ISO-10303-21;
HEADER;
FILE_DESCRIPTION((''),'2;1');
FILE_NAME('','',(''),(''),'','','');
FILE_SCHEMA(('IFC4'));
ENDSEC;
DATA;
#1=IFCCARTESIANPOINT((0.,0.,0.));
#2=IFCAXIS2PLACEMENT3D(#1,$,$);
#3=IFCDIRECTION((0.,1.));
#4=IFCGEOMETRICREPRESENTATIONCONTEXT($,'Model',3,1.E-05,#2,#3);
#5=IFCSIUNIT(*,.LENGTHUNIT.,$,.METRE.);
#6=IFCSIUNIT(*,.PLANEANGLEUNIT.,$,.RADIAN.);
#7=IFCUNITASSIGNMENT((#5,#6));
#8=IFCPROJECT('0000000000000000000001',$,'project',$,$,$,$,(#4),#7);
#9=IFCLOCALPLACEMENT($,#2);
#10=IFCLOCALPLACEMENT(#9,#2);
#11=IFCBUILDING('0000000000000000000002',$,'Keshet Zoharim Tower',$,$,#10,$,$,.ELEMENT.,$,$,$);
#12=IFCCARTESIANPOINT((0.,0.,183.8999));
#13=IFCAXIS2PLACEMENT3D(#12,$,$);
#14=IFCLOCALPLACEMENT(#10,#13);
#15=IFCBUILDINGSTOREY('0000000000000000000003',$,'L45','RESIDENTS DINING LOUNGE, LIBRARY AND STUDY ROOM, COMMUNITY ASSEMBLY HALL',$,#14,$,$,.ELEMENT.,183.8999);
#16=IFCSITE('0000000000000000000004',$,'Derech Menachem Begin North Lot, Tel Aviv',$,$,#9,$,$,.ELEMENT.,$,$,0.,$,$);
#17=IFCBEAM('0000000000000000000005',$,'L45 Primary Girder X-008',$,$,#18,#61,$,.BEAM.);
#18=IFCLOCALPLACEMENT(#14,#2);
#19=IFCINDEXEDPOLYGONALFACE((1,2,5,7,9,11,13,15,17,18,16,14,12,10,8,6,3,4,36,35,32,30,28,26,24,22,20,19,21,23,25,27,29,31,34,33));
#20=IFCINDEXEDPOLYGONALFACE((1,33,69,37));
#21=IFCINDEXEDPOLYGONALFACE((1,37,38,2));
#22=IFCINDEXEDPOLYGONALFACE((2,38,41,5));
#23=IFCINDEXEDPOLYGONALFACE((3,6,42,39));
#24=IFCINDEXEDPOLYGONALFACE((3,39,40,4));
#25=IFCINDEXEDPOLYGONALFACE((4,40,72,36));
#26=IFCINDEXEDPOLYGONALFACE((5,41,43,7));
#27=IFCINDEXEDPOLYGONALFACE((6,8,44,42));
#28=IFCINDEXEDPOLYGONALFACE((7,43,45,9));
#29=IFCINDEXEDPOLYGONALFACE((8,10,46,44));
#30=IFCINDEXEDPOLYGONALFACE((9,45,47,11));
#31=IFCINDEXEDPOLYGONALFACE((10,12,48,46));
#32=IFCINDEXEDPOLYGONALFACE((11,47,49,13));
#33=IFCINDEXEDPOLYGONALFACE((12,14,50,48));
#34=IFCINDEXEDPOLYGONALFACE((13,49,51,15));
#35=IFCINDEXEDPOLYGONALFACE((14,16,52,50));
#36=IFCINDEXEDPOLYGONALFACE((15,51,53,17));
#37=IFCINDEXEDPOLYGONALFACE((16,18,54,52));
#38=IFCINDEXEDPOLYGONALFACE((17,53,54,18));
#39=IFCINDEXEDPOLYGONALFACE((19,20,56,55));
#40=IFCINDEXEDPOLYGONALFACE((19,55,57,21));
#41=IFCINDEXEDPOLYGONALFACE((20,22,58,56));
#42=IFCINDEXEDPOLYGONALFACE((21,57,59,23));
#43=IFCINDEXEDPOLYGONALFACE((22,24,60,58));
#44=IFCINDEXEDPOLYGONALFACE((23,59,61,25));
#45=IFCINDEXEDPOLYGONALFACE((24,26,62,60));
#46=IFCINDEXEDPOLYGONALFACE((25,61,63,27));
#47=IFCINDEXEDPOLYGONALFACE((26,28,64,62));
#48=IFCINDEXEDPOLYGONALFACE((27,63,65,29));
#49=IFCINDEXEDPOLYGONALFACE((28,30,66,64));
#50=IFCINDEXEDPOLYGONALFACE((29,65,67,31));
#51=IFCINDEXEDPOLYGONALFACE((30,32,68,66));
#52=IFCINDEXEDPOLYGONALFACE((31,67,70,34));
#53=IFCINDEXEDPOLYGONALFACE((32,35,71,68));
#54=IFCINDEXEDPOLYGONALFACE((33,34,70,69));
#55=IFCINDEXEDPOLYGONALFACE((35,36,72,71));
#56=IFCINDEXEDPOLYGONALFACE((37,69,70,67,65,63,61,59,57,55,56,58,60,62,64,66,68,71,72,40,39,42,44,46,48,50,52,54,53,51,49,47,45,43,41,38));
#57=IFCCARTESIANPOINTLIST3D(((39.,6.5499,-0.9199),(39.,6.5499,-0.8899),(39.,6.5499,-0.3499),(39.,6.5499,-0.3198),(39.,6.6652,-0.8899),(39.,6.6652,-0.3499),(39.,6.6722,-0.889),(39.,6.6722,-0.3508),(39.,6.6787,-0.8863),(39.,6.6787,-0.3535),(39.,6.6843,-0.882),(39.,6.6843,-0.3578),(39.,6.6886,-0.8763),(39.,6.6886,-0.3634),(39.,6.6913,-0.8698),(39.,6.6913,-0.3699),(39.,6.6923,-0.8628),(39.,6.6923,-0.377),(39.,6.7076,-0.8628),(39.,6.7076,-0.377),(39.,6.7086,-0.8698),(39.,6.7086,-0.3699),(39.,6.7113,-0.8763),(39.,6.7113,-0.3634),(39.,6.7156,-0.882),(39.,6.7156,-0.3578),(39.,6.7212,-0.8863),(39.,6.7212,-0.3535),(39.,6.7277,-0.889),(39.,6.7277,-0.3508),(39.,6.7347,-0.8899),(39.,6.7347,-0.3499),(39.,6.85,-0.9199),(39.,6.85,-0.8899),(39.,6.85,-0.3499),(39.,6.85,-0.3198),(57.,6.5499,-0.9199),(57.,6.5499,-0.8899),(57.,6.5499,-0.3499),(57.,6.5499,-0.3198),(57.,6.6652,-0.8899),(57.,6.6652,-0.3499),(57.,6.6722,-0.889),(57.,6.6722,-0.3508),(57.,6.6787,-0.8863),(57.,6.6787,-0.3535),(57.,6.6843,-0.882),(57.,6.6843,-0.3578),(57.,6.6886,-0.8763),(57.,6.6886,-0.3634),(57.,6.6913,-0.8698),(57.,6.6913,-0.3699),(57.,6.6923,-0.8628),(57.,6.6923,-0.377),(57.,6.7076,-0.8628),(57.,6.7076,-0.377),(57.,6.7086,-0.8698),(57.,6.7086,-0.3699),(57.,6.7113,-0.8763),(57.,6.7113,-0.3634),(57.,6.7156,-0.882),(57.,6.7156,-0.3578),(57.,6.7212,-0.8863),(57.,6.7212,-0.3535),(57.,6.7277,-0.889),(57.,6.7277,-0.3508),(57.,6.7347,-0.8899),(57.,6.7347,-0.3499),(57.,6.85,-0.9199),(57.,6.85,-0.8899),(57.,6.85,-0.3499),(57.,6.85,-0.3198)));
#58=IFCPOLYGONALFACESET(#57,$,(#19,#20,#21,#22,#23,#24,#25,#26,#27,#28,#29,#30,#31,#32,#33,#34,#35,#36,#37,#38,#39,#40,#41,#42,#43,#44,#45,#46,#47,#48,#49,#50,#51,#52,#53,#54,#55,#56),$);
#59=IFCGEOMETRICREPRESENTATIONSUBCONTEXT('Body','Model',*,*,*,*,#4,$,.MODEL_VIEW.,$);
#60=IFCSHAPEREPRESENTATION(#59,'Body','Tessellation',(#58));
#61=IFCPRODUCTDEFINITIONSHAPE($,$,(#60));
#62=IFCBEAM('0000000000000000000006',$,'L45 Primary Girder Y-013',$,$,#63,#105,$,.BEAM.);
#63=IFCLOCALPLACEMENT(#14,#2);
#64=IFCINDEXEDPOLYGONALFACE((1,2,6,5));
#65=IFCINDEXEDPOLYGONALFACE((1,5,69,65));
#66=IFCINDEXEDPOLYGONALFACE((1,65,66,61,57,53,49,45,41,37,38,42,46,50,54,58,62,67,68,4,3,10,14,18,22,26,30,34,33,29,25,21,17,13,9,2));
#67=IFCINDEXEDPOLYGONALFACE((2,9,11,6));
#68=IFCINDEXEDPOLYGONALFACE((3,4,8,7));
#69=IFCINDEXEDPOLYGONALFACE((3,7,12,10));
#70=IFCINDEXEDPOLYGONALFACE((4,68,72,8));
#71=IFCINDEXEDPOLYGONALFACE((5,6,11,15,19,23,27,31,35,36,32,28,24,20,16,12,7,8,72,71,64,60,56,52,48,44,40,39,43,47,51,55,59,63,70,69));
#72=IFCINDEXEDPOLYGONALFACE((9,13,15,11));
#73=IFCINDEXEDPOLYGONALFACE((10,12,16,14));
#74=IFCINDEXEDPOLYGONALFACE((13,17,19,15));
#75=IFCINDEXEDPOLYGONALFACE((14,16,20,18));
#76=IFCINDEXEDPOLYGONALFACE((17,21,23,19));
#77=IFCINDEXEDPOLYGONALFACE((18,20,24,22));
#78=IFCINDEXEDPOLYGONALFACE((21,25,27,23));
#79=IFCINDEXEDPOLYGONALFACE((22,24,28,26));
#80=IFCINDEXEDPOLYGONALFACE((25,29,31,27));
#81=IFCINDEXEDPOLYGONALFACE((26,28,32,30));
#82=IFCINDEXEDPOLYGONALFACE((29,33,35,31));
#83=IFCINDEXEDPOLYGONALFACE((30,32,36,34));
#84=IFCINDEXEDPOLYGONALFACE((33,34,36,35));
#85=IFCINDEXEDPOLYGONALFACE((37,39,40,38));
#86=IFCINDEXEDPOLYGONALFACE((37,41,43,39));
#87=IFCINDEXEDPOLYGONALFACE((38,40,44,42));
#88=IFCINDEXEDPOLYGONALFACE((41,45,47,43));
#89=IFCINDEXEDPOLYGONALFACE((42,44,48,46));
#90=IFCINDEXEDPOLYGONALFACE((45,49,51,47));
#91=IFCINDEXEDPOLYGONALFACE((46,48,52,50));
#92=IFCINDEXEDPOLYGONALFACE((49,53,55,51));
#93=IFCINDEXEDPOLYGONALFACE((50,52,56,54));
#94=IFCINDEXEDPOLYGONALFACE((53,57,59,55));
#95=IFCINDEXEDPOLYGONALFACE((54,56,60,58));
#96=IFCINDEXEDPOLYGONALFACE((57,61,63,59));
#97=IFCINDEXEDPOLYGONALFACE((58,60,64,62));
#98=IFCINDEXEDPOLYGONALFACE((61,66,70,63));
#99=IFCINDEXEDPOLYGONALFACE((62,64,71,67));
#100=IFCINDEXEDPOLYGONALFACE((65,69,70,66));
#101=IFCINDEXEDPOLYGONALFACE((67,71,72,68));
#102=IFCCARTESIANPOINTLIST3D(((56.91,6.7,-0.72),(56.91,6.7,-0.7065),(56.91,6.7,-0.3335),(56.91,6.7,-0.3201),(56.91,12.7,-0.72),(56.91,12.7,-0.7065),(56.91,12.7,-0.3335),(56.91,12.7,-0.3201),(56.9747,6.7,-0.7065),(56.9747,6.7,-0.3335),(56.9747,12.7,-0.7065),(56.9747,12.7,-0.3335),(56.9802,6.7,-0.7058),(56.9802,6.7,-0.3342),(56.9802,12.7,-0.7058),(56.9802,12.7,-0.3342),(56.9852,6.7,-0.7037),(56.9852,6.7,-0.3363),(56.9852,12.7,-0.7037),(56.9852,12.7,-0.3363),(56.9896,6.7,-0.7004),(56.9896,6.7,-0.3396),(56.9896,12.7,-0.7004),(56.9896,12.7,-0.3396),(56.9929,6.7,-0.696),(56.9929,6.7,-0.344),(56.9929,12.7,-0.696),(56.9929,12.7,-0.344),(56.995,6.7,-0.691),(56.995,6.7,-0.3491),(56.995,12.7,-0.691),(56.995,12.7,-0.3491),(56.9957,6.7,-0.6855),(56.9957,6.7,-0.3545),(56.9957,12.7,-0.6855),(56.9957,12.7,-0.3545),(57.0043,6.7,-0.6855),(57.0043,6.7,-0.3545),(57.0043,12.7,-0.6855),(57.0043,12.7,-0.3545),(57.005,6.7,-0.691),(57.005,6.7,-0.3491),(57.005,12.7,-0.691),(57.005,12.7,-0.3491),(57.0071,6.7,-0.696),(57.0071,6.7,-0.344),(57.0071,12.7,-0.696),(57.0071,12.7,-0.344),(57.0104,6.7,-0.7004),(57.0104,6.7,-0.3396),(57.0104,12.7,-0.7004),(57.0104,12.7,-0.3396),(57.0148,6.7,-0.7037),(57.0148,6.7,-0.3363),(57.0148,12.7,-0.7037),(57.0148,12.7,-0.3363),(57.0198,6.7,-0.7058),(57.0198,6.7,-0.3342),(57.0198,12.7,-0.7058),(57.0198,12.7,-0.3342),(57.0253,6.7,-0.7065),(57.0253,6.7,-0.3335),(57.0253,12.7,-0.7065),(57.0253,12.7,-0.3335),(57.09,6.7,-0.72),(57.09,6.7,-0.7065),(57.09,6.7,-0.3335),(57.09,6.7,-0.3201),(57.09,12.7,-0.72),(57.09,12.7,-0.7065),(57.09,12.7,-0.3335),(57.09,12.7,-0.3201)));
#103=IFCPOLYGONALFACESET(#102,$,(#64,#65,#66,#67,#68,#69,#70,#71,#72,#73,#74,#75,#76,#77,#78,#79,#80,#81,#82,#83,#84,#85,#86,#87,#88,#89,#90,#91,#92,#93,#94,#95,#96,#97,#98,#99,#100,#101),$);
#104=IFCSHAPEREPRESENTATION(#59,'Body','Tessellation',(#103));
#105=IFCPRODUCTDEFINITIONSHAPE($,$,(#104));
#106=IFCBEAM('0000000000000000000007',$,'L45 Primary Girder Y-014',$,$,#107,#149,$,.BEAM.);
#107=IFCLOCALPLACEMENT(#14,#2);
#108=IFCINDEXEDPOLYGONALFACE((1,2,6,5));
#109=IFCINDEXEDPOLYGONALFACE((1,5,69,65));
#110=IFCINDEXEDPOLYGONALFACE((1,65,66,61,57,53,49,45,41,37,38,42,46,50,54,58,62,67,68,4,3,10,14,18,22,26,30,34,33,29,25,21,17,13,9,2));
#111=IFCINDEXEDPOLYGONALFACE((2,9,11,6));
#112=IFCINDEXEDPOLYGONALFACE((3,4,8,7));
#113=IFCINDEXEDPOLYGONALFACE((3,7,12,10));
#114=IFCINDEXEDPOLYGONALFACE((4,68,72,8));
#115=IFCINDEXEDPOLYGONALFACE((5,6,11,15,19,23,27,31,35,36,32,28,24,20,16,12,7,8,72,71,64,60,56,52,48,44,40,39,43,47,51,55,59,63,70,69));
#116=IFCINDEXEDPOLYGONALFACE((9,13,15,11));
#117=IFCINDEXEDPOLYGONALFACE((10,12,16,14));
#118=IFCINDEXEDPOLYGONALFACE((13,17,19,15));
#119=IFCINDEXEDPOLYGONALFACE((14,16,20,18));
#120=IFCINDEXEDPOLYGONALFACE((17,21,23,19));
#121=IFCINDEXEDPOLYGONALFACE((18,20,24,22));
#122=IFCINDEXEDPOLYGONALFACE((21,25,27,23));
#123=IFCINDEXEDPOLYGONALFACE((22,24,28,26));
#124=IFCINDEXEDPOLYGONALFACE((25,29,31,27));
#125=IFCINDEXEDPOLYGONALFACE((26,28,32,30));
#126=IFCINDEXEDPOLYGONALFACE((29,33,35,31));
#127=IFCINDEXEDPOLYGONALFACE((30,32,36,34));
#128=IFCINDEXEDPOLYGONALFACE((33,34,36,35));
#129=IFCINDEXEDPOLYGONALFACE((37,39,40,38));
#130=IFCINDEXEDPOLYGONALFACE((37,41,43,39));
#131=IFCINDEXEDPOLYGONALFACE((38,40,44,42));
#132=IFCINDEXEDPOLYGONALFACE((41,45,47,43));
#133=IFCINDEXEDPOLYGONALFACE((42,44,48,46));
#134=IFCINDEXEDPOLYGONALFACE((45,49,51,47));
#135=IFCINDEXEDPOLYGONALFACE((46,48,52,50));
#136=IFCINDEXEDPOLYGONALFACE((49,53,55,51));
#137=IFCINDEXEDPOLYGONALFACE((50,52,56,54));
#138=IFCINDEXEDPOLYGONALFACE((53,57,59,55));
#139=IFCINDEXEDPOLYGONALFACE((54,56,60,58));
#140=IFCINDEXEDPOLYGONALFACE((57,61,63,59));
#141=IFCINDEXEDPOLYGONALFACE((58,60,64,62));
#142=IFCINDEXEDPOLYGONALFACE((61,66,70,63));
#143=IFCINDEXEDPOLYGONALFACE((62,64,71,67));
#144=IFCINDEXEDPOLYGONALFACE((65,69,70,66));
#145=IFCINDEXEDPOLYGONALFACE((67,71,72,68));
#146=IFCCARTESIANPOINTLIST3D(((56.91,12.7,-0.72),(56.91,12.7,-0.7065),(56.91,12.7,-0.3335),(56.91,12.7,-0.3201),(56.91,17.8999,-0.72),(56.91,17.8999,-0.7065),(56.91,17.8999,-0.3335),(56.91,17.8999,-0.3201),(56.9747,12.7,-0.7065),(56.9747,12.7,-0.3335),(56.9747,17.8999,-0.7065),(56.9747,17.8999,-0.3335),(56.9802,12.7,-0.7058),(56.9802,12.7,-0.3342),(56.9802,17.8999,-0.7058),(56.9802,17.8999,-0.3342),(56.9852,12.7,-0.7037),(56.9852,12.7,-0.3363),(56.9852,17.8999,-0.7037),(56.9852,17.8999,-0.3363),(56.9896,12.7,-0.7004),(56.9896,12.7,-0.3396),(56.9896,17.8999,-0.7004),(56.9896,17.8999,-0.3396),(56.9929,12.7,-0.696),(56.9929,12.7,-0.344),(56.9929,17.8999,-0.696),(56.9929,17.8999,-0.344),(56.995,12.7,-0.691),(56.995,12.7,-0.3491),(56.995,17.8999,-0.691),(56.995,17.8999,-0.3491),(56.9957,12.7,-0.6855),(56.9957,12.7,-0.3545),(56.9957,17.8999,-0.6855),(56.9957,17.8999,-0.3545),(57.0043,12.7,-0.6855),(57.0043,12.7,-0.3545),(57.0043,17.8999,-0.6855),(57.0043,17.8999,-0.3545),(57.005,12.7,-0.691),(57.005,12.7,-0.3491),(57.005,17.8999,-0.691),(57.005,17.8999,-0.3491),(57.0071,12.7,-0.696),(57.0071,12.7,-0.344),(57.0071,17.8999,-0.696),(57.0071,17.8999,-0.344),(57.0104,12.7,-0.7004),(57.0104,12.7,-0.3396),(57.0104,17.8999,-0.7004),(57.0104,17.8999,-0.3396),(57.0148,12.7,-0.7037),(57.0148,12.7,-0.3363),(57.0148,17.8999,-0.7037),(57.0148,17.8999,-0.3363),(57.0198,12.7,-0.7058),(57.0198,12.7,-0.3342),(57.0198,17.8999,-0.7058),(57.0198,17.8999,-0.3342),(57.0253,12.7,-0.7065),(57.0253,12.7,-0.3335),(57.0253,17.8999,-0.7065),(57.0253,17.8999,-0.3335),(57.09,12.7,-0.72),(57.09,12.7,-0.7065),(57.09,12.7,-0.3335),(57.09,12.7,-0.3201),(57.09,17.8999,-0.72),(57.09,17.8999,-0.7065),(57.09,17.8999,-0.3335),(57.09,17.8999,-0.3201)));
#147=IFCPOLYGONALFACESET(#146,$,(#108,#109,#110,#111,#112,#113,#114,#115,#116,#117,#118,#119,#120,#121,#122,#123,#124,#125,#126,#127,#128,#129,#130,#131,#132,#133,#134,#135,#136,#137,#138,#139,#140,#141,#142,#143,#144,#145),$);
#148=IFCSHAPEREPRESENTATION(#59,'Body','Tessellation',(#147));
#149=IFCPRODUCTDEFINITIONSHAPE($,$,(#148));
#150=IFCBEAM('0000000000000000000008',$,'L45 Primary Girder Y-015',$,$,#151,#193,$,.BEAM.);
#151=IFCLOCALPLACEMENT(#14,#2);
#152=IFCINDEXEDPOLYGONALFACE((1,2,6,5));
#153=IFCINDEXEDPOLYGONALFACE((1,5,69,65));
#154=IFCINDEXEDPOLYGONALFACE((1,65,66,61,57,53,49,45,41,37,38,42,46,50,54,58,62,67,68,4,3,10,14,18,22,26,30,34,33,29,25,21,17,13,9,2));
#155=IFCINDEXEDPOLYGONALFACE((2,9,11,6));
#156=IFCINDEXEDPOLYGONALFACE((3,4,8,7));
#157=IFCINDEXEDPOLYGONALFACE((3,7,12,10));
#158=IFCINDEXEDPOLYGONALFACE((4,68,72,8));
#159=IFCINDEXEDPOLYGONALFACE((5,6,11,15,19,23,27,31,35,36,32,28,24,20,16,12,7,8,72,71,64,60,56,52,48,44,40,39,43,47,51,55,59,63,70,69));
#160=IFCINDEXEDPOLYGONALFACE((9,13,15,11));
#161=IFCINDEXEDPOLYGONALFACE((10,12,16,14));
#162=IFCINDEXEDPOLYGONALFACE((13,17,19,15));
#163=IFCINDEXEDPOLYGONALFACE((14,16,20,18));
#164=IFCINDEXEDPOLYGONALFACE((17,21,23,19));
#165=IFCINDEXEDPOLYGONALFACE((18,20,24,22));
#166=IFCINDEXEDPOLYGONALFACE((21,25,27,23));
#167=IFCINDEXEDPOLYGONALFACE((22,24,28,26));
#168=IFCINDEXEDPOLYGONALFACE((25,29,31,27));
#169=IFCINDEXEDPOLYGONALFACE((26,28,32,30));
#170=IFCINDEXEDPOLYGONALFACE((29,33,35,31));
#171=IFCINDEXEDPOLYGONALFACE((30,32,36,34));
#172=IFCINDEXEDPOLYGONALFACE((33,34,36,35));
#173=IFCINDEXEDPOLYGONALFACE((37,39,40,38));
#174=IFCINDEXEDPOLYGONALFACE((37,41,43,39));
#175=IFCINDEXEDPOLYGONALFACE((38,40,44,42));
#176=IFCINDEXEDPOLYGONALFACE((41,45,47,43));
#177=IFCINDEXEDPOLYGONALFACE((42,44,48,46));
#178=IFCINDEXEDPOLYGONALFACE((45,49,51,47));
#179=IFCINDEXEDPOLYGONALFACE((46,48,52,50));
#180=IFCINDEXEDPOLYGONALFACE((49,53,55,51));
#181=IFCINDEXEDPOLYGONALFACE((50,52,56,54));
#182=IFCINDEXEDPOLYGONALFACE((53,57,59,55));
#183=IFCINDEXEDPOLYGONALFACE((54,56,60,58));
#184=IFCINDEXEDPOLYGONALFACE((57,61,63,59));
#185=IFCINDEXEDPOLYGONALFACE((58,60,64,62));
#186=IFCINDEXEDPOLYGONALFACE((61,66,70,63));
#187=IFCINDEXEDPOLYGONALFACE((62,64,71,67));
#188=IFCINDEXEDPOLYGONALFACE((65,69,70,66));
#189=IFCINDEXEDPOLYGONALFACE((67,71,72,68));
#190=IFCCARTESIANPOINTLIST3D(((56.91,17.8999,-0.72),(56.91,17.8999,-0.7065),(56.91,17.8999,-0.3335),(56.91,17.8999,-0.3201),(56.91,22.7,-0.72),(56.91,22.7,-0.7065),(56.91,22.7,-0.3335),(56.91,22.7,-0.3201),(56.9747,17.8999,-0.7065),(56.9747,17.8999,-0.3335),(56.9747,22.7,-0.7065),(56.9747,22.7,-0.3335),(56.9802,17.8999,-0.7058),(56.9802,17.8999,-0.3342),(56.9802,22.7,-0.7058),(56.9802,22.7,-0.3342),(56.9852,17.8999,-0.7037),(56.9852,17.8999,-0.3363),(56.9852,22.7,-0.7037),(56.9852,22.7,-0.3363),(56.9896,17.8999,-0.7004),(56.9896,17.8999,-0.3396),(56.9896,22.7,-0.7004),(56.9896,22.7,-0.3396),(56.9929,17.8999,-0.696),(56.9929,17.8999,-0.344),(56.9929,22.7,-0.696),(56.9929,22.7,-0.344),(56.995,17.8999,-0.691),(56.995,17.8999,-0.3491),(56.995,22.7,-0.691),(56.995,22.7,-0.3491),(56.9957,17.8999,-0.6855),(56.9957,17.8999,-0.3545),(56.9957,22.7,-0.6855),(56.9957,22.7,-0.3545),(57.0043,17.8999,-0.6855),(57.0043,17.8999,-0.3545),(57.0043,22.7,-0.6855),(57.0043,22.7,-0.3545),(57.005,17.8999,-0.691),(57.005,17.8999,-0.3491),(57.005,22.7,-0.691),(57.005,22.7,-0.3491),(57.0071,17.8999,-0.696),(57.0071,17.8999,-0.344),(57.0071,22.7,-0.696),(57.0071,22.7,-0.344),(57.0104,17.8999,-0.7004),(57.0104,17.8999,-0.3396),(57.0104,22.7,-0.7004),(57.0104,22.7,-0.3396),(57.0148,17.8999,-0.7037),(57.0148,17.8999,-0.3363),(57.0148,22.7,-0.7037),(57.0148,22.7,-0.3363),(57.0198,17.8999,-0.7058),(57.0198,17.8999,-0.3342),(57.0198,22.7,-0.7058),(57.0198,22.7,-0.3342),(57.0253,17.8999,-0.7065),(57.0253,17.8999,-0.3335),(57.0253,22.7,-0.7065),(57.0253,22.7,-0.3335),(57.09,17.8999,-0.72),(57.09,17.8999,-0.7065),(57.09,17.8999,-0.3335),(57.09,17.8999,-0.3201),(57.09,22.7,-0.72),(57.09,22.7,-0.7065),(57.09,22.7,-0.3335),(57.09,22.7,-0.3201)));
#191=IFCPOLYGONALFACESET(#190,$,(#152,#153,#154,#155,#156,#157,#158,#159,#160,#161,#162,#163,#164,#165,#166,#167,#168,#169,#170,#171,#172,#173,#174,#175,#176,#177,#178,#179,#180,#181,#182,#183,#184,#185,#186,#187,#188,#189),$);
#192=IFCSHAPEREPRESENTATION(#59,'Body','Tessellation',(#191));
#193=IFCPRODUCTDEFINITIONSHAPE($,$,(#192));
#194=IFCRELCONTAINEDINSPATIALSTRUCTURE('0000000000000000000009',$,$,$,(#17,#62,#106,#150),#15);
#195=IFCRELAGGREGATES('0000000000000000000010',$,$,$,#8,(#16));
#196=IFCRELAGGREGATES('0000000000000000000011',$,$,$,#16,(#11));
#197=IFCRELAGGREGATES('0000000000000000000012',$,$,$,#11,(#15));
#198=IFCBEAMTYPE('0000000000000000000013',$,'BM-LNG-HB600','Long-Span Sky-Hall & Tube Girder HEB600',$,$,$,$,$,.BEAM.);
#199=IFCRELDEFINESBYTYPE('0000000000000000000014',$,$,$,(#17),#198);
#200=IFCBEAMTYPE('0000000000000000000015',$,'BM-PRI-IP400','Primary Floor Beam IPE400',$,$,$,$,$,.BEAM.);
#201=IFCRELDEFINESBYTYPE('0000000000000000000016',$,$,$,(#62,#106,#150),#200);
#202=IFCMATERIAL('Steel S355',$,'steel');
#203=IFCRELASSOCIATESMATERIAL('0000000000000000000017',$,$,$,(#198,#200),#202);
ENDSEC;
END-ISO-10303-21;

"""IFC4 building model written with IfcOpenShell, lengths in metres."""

from ifc_helpers import new_model, si_unit, direction, frame, origin, origin_2d, place, context, subcontext, project, spatial, i_section, extrude, material, material_profile, profile_set, type_object, element, save


model = new_model("IFC4")

# Units and contexts
model_context = context("Model", 3, precision=1e-05, world=origin(), true_north=direction((0.0, 1.0)))
body_context = subcontext(model_context, "Body", "Model", "MODEL_VIEW")
ifc_project = project(units=[si_unit("LENGTHUNIT", "METRE"), si_unit("PLANEANGLEUNIT", "RADIAN")], contexts=[model_context])

# Site, building, storey
site_placement = place(None, origin())
site = spatial("IfcSite", under=ifc_project, at=site_placement, Name="Derech Menachem Begin North Lot, Tel Aviv", CompositionType="ELEMENT", RefElevation=0.0)
building_placement = place(site_placement, origin())
building = spatial("IfcBuilding", under=site, at=building_placement, Name="Keshet Zoharim Tower", CompositionType="ELEMENT")
storey_placement = place(building_placement, frame((0.0, 0.0, 183.8999)))
storey = spatial("IfcBuildingStorey", under=building, at=storey_placement, Name="L45", Description="RESIDENTS DINING LOUNGE, LIBRARY AND STUDY ROOM, COMMUNITY ASSEMBLY HALL", CompositionType="ELEMENT", Elevation=183.8999)

# Shared definitions
ifc_material_1 = material(Name="Steel S355", Category="steel")

# Beams
ifc_material_profile_1 = material_profile(ifc_material_1, i_section(OverallWidth=0.3, OverallDepth=0.6001, WebThickness=0.0154, FlangeThickness=0.03, FilletRadius=0.0271, at=origin_2d()), Name="HEB600")
ifc_profile_set_1 = profile_set([ifc_material_profile_1], Name="Steel S355")
beam_type_1 = type_object("IfcBeamType", Name="BM-LNG-HB600", Description="Long-Span Sky-Hall & Tube Girder HEB600", PredefinedType="BEAM", material=ifc_profile_set_1)
beam_1_placement = place(storey_placement, frame((39.0, 6.7, -0.6199), z_axis=(1.0, 0.0, 0.0), x_axis=(0.0, 1.0, 0.0)))
element("IfcBeam", 1, at=beam_1_placement, inside=storey, type_object=beam_type_1, Name="L45 Primary Girder X-008", PredefinedType="BEAM", context=body_context, shape_type="SweptSolid", body=[
    extrude(i_section(OverallWidth=0.3, OverallDepth=0.6001, WebThickness=0.0154, FlangeThickness=0.03, FilletRadius=0.0271, at=origin_2d()), origin(), (0.0, 0.0, 1.0), 18.0),
])
ifc_material_profile_2 = material_profile(ifc_material_1, i_section(OverallWidth=0.1799, OverallDepth=0.3999, WebThickness=0.0085, FlangeThickness=0.0134, FilletRadius=0.021, at=origin_2d()), Name="IPE400")
ifc_profile_set_2 = profile_set([ifc_material_profile_2], Name="Steel S355")
beam_type_2 = type_object("IfcBeamType", Name="BM-PRI-IP400", Description="Primary Floor Beam IPE400", PredefinedType="BEAM", material=ifc_profile_set_2)
beam_2_placement = place(storey_placement, frame((57.0, 6.7, -0.52), z_axis=(0.0, 1.0, 0.0), x_axis=(-1.0, 0.0, 0.0)))
element("IfcBeam", 2, at=beam_2_placement, inside=storey, type_object=beam_type_2, Name="L45 Primary Girder Y-013", PredefinedType="BEAM", context=body_context, shape_type="SweptSolid", body=[
    extrude(i_section(OverallWidth=0.1799, OverallDepth=0.3999, WebThickness=0.0085, FlangeThickness=0.0134, FilletRadius=0.021, at=origin_2d()), origin(), (0.0, 0.0, 1.0), 6.0),
])
beam_3_placement = place(storey_placement, frame((57.0, 12.7, -0.52), z_axis=(0.0, 1.0, 0.0), x_axis=(-1.0, 0.0, 0.0)))
element("IfcBeam", 3, at=beam_3_placement, inside=storey, type_object=beam_type_2, Name="L45 Primary Girder Y-014", PredefinedType="BEAM", context=body_context, shape_type="SweptSolid", body=[
    extrude(i_section(OverallWidth=0.1799, OverallDepth=0.3999, WebThickness=0.0085, FlangeThickness=0.0134, FilletRadius=0.021, at=origin_2d()), origin(), (0.0, 0.0, 1.0), 5.2),
])
beam_4_placement = place(storey_placement, frame((57.0, 17.8999, -0.52), z_axis=(0.0, 1.0, 0.0), x_axis=(-1.0, 0.0, 0.0)))
element("IfcBeam", 4, at=beam_4_placement, inside=storey, type_object=beam_type_2, Name="L45 Primary Girder Y-015", PredefinedType="BEAM", context=body_context, shape_type="SweptSolid", body=[
    extrude(i_section(OverallWidth=0.1799, OverallDepth=0.3999, WebThickness=0.0085, FlangeThickness=0.0134, FilletRadius=0.021, at=origin_2d()), origin(), (0.0, 0.0, 1.0), 4.8),
])

save(model, "model.ifc")
